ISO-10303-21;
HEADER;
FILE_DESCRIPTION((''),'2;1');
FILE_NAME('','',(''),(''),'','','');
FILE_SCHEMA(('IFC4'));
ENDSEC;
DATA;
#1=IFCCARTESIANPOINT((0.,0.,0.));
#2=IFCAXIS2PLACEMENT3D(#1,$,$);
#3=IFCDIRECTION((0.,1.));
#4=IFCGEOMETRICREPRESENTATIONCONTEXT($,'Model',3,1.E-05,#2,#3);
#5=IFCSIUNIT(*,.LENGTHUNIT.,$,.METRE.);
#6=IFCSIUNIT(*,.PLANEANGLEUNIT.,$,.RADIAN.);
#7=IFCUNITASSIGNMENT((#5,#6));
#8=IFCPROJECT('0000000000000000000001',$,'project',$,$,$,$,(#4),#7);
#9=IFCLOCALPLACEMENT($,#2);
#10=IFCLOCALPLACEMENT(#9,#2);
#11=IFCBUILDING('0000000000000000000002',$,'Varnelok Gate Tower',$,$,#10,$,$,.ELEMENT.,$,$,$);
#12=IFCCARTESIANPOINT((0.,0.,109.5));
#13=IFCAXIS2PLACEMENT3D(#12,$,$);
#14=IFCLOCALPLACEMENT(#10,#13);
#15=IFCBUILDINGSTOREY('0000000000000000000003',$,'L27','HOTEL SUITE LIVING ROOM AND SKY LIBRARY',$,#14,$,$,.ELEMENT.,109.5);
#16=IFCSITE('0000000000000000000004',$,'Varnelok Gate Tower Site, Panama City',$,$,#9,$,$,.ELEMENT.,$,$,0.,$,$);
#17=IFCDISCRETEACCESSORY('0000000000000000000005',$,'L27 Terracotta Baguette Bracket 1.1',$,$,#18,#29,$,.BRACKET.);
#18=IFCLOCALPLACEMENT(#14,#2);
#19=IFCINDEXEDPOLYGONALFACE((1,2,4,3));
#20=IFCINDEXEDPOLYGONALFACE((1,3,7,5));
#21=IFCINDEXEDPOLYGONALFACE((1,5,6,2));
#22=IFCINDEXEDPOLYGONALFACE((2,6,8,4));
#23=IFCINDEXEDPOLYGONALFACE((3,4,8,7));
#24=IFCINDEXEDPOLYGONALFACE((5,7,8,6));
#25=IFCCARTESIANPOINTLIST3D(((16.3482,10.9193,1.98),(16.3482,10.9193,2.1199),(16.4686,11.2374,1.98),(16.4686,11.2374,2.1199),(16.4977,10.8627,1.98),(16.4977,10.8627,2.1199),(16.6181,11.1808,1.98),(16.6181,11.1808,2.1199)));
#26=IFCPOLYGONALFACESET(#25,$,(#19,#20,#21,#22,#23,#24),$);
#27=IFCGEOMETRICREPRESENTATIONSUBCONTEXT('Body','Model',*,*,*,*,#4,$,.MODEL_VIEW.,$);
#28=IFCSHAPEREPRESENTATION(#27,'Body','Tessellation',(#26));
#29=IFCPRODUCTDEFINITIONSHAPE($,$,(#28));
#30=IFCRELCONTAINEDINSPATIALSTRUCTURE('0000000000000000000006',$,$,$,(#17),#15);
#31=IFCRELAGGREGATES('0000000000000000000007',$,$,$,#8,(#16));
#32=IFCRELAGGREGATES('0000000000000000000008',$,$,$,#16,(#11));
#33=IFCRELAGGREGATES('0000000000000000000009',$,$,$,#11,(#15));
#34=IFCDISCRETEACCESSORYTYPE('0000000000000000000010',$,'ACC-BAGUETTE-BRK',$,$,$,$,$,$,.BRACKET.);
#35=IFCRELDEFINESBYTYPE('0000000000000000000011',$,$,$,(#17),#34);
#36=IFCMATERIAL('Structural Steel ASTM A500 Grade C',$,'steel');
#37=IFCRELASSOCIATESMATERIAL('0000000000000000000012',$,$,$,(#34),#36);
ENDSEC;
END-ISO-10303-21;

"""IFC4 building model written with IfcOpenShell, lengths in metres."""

from ifc_helpers import new_model, si_unit, direction, frame, origin, origin_2d, place, context, subcontext, project, spatial, rectangle, extrude, source, transform, mapped, material, type_object, element, save


model = new_model("IFC4")

# Units and contexts
model_context = context("Model", 3, precision=1e-05, world=origin(), true_north=direction((0.0, 1.0)))
body_context = subcontext(model_context, "Body", "Model", "MODEL_VIEW")
ifc_project = project(units=[si_unit("LENGTHUNIT", "METRE"), si_unit("PLANEANGLEUNIT", "RADIAN")], contexts=[model_context])

# Site, building, storey
site_placement = place(None, origin())
site = spatial("IfcSite", under=ifc_project, at=site_placement, Name="Varnelok Gate Tower Site, Panama City", CompositionType="ELEMENT", RefElevation=0.0)
building_placement = place(site_placement, origin())
building = spatial("IfcBuilding", under=site, at=building_placement, Name="Varnelok Gate Tower", CompositionType="ELEMENT")
storey_placement = place(building_placement, frame((0.0, 0.0, 109.5)))
storey = spatial("IfcBuildingStorey", under=building, at=storey_placement, Name="L27", Description="HOTEL SUITE LIVING ROOM AND SKY LIBRARY", CompositionType="ELEMENT", Elevation=109.5)

# Discrete accessory
ifc_material_1 = material(Name="Structural Steel ASTM A500 Grade C", Category="steel")
discrete_accessory_type = type_object("IfcDiscreteAccessoryType", Name="ACC-BAGUETTE-BRK", PredefinedType="BRACKET", material=ifc_material_1)
shared_shape_1 = source(origin(), body_context, "Body", "SweptSolid", [
    extrude(rectangle(XDim=0.1599, YDim=0.3401, at=origin_2d()), origin(), (0.0, 0.0, 1.0), 0.1399),
])
discrete_accessory_placement = place(storey_placement, frame((16.4832, 11.05, 1.98), z_axis=(0.0, 0.0, 1.0), x_axis=(0.935222, -0.354063, 0.0)))
element("IfcDiscreteAccessory", 1, at=discrete_accessory_placement, inside=storey, type_object=discrete_accessory_type, Name="L27 Terracotta Baguette Bracket 1.1", PredefinedType="BRACKET", context=body_context, shape_type="MappedRepresentation", body=[
    mapped(shared_shape_1, transform((0.0, 0.0, 0.0), scale=1.0)),
])

save(model, "model.ifc")
